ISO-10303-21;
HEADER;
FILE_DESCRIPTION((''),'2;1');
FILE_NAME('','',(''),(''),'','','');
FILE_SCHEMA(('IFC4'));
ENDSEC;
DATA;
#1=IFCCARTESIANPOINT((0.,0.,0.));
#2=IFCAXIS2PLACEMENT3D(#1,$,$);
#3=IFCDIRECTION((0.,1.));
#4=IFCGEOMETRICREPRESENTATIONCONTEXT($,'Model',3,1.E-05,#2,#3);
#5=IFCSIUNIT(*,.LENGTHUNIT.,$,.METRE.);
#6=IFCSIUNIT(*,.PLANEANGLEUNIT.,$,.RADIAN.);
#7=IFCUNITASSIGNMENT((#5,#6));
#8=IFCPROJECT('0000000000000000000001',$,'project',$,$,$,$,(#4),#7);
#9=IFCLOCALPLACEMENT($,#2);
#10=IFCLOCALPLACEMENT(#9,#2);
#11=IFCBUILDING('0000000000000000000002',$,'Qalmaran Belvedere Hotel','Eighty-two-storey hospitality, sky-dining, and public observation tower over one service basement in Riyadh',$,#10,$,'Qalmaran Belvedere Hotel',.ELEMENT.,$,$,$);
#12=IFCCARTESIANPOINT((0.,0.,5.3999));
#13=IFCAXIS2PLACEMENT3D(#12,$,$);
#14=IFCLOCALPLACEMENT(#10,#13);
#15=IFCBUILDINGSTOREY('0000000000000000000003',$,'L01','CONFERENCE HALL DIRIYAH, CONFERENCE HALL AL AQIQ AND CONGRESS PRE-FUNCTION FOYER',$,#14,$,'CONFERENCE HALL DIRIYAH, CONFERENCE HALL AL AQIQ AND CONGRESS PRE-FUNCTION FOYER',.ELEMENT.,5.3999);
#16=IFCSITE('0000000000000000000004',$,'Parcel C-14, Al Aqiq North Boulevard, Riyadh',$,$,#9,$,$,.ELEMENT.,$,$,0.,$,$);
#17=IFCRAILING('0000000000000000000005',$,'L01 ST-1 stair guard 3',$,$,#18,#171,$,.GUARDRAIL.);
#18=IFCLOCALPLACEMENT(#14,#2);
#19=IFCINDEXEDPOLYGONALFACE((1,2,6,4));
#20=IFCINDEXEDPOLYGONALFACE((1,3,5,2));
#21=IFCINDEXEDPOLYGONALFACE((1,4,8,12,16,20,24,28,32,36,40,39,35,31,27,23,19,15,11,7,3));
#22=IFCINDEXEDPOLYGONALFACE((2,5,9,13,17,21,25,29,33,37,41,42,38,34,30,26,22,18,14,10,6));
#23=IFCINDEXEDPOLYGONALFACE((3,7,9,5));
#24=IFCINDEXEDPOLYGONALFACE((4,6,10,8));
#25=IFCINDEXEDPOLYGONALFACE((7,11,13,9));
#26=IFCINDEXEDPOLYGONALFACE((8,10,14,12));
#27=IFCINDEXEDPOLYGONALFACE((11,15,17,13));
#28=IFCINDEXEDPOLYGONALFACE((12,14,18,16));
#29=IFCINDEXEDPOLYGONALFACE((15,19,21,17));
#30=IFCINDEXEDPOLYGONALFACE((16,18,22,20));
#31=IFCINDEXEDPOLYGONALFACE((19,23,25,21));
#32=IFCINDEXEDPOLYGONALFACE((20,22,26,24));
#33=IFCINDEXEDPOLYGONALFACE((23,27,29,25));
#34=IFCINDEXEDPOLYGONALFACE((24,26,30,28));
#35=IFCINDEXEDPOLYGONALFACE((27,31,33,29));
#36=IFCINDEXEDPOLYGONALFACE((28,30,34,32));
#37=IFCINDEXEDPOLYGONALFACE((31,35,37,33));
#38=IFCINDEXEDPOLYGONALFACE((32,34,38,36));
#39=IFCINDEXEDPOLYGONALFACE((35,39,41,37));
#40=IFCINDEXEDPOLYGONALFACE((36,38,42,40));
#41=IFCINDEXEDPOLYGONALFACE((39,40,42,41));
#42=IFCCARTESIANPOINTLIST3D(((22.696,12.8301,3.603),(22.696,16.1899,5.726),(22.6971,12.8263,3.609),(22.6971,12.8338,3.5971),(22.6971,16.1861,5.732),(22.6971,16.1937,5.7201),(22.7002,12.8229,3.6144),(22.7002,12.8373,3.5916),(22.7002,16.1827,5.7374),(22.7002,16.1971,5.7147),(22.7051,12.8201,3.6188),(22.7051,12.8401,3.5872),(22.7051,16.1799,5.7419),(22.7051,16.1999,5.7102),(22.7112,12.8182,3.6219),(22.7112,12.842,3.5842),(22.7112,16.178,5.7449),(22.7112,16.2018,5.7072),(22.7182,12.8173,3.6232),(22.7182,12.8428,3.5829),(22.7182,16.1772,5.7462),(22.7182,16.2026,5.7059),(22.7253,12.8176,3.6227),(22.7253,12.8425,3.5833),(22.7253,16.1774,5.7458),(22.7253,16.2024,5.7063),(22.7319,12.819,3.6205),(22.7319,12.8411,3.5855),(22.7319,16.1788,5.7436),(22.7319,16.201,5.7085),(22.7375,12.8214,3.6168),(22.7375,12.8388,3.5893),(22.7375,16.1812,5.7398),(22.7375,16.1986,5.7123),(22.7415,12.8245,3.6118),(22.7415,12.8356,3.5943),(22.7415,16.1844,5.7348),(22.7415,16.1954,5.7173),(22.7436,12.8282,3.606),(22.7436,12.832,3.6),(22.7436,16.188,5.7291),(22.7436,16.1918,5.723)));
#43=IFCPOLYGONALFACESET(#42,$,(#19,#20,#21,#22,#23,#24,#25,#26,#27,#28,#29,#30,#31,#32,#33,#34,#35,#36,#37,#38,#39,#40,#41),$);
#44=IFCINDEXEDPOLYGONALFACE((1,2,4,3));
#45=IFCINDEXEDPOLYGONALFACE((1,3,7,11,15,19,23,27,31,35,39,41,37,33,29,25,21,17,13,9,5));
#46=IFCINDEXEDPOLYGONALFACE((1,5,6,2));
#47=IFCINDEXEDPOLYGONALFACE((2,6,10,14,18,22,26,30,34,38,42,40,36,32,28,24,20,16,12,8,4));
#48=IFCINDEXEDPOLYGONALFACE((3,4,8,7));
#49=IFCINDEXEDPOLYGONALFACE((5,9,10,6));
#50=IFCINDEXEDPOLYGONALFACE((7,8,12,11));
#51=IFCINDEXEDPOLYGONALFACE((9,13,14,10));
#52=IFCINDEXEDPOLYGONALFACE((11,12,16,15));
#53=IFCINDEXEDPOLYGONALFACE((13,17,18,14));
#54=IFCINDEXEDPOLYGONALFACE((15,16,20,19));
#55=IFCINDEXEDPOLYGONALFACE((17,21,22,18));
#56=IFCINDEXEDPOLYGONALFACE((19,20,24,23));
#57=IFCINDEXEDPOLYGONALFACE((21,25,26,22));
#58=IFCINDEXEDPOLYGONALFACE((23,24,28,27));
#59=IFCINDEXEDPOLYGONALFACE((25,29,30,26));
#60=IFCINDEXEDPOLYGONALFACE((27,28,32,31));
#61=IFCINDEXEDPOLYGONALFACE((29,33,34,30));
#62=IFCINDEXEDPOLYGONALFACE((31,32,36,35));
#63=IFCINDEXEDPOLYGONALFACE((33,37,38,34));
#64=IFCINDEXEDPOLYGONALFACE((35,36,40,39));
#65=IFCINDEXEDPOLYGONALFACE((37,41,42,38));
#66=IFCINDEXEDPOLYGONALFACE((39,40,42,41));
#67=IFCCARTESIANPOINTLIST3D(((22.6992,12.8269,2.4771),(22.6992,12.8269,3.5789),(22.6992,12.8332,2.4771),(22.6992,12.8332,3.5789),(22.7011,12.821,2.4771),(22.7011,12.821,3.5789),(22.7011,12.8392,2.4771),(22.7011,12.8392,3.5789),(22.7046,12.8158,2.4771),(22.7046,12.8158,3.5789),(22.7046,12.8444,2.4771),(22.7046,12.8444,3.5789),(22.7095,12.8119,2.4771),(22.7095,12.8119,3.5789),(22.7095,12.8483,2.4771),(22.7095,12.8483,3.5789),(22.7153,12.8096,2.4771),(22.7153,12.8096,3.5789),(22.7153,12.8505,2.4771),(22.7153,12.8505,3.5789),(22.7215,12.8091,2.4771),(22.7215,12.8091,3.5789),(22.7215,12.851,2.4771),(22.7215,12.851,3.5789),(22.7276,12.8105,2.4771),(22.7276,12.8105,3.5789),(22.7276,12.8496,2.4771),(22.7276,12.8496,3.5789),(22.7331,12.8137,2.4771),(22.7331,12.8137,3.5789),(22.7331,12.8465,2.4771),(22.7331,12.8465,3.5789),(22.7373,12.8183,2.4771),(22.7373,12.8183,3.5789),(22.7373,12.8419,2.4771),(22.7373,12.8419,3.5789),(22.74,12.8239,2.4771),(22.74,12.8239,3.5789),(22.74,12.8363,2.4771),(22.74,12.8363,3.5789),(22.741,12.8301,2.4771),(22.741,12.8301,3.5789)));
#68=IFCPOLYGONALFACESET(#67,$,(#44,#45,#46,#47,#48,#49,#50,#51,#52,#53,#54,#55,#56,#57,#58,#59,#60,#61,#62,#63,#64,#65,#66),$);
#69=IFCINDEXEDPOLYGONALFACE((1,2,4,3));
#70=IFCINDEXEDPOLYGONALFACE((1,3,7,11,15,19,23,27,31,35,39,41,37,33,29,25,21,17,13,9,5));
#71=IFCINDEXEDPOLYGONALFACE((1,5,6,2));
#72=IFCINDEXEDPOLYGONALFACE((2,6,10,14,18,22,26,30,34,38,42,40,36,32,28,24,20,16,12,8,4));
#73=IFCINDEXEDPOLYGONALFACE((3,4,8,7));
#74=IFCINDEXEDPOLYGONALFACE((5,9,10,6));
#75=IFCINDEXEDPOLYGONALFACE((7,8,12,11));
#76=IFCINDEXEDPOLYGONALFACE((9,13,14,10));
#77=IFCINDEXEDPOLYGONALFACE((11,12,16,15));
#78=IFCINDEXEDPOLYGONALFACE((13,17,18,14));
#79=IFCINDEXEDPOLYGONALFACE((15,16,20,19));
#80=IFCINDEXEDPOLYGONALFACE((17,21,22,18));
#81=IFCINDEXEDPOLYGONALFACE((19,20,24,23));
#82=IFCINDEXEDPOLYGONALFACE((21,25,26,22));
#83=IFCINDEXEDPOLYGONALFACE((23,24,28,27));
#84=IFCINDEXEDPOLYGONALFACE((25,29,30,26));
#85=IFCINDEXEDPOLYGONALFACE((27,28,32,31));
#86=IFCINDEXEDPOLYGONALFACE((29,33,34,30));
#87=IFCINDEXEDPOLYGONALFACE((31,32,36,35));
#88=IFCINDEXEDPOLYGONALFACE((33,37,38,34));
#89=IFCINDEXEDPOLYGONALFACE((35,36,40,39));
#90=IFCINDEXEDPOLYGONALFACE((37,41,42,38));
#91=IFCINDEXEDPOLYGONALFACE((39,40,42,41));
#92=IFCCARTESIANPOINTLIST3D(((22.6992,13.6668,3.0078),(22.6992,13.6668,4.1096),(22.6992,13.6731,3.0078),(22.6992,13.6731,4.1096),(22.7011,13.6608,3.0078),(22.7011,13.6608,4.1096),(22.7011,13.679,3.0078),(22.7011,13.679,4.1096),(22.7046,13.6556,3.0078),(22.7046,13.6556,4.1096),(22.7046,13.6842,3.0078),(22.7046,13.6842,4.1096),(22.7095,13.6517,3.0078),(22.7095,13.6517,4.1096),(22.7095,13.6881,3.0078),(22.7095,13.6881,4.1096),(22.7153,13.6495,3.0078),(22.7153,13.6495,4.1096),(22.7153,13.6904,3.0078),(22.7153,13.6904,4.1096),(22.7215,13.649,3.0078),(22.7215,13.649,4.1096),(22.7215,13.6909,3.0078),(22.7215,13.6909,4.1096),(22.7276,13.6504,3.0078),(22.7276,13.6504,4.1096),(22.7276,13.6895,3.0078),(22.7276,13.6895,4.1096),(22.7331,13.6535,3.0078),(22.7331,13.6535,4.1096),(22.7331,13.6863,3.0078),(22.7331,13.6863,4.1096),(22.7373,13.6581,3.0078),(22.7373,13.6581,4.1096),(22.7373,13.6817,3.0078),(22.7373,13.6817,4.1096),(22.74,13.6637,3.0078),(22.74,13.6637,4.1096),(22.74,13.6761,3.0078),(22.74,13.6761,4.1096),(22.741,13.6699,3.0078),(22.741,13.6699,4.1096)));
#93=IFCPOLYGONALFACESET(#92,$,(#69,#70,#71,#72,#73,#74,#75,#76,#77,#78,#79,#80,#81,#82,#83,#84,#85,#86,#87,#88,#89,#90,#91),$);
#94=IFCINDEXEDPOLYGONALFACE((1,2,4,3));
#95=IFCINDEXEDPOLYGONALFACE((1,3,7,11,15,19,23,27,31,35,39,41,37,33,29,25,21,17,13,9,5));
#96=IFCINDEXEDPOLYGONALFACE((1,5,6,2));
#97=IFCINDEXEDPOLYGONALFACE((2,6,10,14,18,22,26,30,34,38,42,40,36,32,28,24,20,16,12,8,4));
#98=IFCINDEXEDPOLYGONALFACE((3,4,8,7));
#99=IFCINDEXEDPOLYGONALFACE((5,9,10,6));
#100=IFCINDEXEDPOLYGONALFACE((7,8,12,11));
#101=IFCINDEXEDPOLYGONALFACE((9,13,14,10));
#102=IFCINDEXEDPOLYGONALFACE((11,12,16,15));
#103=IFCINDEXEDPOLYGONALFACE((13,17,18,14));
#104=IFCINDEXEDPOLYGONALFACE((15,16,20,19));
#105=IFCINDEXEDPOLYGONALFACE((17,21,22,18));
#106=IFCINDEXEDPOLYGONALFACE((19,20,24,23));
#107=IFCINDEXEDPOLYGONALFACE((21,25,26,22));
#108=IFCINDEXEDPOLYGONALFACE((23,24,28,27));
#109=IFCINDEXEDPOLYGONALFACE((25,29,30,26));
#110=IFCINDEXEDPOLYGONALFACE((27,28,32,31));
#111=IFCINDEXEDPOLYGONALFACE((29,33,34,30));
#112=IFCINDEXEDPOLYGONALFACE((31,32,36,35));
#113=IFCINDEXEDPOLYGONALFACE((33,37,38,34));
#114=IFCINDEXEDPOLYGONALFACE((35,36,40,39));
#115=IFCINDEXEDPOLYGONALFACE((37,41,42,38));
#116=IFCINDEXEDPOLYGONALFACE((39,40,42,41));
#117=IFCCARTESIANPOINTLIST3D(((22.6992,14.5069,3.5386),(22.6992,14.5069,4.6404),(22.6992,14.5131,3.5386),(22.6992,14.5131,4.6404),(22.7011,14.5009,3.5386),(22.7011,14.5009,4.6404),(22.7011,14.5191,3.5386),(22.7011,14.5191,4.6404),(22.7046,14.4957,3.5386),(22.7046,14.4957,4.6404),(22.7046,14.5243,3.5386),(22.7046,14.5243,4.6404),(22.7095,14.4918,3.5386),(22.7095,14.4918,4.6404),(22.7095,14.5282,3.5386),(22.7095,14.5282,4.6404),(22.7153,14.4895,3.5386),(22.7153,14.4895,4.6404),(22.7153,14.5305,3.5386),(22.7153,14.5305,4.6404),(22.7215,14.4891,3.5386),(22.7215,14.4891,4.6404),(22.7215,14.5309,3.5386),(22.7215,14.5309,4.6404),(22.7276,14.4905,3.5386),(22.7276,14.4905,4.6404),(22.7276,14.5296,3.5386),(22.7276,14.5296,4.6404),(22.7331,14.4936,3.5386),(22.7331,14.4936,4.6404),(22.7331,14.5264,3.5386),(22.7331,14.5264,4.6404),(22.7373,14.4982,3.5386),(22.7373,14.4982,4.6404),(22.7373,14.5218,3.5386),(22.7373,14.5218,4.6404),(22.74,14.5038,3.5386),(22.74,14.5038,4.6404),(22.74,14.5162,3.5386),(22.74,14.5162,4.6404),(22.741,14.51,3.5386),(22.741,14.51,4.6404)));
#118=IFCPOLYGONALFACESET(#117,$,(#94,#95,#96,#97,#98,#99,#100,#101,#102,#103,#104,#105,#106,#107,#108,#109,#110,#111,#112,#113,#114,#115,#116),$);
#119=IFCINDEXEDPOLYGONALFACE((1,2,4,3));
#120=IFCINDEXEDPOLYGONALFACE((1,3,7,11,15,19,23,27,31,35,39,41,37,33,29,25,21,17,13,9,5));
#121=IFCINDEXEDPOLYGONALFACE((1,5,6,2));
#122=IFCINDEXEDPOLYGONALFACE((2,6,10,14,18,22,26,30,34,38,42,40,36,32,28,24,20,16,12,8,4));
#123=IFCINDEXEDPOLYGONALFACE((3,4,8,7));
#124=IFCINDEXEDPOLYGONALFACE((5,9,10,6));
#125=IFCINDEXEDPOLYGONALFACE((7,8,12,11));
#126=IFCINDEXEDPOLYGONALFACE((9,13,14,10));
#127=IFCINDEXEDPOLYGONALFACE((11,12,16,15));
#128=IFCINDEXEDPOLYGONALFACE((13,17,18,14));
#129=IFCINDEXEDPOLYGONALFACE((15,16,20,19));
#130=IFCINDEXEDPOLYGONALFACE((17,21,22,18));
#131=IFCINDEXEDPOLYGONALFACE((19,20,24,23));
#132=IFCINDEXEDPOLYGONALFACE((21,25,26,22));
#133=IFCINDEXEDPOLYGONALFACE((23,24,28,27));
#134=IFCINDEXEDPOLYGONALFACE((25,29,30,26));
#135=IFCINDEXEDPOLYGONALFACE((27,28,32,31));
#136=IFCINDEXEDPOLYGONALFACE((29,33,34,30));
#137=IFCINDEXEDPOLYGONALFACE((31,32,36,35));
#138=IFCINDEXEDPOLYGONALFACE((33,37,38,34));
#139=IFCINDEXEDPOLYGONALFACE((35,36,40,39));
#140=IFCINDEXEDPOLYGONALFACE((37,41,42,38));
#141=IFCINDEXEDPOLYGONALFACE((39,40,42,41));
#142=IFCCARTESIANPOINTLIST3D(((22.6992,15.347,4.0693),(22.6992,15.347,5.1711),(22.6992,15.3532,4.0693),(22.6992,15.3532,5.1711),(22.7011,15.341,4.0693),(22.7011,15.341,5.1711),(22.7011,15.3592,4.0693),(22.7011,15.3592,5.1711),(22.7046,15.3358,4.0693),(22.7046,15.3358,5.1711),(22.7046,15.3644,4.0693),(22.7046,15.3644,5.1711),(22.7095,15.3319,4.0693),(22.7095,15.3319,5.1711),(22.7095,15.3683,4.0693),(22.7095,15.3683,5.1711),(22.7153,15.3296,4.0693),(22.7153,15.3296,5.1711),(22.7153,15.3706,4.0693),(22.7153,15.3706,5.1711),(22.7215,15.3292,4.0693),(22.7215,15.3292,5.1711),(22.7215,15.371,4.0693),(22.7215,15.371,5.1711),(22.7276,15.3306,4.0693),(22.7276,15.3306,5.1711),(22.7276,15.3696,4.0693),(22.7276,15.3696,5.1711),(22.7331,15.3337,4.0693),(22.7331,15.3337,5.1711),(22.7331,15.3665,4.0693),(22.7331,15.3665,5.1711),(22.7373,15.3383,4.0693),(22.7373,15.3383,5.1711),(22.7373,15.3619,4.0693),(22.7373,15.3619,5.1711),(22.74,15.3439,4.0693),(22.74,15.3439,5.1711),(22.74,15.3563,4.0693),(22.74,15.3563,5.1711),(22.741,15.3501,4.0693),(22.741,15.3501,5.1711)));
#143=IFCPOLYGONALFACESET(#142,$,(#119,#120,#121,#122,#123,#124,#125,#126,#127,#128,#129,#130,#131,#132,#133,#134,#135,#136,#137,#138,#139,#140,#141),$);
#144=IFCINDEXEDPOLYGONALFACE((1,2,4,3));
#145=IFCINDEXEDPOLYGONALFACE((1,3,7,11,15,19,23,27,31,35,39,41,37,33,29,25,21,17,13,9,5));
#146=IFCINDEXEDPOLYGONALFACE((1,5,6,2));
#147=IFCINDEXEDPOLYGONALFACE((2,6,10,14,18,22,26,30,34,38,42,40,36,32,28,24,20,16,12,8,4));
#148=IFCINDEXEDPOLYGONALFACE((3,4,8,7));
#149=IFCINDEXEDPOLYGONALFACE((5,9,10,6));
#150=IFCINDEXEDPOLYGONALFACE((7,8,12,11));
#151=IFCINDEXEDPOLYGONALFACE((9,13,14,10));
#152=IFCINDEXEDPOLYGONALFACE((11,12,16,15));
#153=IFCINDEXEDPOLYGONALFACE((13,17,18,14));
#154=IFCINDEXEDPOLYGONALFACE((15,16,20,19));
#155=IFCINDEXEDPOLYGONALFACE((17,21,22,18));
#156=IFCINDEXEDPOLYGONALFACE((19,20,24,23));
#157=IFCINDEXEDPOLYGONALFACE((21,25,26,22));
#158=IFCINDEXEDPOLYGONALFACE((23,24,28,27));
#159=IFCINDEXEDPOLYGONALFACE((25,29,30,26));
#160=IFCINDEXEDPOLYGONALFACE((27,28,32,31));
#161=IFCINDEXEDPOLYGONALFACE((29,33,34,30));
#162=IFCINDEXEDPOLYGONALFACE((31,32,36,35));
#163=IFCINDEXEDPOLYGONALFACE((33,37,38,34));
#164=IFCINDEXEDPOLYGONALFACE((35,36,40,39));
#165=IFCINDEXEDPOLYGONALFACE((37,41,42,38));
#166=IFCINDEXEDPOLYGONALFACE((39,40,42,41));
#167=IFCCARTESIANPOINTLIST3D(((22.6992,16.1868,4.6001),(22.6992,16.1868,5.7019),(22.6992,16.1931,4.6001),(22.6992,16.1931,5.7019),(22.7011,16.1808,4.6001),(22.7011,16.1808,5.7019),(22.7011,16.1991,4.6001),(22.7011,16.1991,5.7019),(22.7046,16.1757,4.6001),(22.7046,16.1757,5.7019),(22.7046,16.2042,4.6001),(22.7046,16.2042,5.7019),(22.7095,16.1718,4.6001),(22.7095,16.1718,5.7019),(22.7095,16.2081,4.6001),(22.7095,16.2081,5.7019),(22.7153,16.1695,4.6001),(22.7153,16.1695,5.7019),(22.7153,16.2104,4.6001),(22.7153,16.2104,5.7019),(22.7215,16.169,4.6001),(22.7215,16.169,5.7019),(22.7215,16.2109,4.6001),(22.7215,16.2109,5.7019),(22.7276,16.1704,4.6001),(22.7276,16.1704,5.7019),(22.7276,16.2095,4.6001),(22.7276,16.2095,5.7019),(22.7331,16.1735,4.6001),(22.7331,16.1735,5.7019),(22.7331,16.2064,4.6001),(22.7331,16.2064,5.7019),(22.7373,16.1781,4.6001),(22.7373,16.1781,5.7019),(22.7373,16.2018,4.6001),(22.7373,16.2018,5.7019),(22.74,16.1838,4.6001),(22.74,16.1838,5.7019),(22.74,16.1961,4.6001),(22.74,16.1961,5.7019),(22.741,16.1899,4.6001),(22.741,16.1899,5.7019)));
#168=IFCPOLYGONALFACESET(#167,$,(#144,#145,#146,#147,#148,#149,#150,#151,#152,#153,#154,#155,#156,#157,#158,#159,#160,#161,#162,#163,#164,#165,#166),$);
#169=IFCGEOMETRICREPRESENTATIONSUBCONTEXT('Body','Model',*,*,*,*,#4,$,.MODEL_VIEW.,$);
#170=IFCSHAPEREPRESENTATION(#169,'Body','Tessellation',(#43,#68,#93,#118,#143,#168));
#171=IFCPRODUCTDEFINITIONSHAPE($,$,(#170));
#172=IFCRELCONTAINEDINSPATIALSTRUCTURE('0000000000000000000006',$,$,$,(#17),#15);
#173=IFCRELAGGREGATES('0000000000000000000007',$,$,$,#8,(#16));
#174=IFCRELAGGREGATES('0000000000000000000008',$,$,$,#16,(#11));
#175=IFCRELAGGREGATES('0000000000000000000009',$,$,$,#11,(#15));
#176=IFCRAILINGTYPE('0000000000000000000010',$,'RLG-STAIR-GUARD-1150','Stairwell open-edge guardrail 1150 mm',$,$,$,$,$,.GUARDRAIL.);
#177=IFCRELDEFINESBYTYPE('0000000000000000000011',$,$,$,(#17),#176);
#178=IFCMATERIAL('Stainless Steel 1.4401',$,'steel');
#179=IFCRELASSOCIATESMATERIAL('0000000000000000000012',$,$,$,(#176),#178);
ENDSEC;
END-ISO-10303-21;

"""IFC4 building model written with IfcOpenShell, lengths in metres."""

from ifc_helpers import new_model, si_unit, direction, frame, origin, origin_2d, place, context, subcontext, project, spatial, circle, extrude, material, type_object, element, save


model = new_model("IFC4")

# Units and contexts
model_context = context("Model", 3, precision=1e-05, world=origin(), true_north=direction((0.0, 1.0)))
body_context = subcontext(model_context, "Body", "Model", "MODEL_VIEW")
ifc_project = project(units=[si_unit("LENGTHUNIT", "METRE"), si_unit("PLANEANGLEUNIT", "RADIAN")], contexts=[model_context])

# Site, building, storey
site_placement = place(None, origin())
site = spatial("IfcSite", under=ifc_project, at=site_placement, Name="Parcel C-14, Al Aqiq North Boulevard, Riyadh", CompositionType="ELEMENT", RefElevation=0.0)
building_placement = place(site_placement, origin())
building = spatial("IfcBuilding", under=site, at=building_placement, Name="Qalmaran Belvedere Hotel", Description="Eighty-two-storey hospitality, sky-dining, and public observation tower over one service basement in Riyadh", LongName="Qalmaran Belvedere Hotel", CompositionType="ELEMENT")
storey_placement = place(building_placement, frame((0.0, 0.0, 5.3999)))
storey = spatial("IfcBuildingStorey", under=building, at=storey_placement, Name="L01", Description="CONFERENCE HALL DIRIYAH, CONFERENCE HALL AL AQIQ AND CONGRESS PRE-FUNCTION FOYER", LongName="CONFERENCE HALL DIRIYAH, CONFERENCE HALL AL AQIQ AND CONGRESS PRE-FUNCTION FOYER", CompositionType="ELEMENT", Elevation=5.3999)

# Shared definitions
ifc_material_1 = material(Name="Stainless Steel 1.4401", Category="steel")

# Railing
railing_type_1 = type_object("IfcRailingType", Name="RLG-STAIR-GUARD-1150", Description="Stairwell open-edge guardrail 1150 mm", PredefinedType="GUARDRAIL", material=ifc_material_1)
railing_1_placement = place(storey_placement, frame((22.72, 12.8301, 2.4771)))
element("IfcRailing", 1, at=railing_1_placement, inside=storey, type_object=railing_type_1, Name="L01 ST-1 stair guard 3", PredefinedType="GUARDRAIL", context=body_context, shape_type="SweptSolid", body=[
    extrude(circle(Radius=0.0239, at=origin_2d()), frame((0.0, 0.0, 1.126), z_axis=(0.0, 0.845372, 0.534178), x_axis=(-1.0, 0.0, 0.0)), (0.0, 0.0, 1.0), 3.9744),
    extrude(circle(Radius=0.021, at=origin_2d()), origin(), (0.0, 0.0, 1.0), 1.1018),
    extrude(circle(Radius=0.021, at=origin_2d()), frame((0.0, 0.8398, 0.5308)), (0.0, 0.0, 1.0), 1.1018),
    extrude(circle(Radius=0.021, at=origin_2d()), frame((0.0, 1.6799, 1.0615)), (0.0, 0.0, 1.0), 1.1018),
    extrude(circle(Radius=0.021, at=origin_2d()), frame((0.0, 2.52, 1.5923)), (0.0, 0.0, 1.0), 1.1018),
    extrude(circle(Radius=0.021, at=origin_2d()), frame((0.0, 3.3599, 2.123)), (0.0, 0.0, 1.0), 1.1018),
])

save(model, "model.ifc")
